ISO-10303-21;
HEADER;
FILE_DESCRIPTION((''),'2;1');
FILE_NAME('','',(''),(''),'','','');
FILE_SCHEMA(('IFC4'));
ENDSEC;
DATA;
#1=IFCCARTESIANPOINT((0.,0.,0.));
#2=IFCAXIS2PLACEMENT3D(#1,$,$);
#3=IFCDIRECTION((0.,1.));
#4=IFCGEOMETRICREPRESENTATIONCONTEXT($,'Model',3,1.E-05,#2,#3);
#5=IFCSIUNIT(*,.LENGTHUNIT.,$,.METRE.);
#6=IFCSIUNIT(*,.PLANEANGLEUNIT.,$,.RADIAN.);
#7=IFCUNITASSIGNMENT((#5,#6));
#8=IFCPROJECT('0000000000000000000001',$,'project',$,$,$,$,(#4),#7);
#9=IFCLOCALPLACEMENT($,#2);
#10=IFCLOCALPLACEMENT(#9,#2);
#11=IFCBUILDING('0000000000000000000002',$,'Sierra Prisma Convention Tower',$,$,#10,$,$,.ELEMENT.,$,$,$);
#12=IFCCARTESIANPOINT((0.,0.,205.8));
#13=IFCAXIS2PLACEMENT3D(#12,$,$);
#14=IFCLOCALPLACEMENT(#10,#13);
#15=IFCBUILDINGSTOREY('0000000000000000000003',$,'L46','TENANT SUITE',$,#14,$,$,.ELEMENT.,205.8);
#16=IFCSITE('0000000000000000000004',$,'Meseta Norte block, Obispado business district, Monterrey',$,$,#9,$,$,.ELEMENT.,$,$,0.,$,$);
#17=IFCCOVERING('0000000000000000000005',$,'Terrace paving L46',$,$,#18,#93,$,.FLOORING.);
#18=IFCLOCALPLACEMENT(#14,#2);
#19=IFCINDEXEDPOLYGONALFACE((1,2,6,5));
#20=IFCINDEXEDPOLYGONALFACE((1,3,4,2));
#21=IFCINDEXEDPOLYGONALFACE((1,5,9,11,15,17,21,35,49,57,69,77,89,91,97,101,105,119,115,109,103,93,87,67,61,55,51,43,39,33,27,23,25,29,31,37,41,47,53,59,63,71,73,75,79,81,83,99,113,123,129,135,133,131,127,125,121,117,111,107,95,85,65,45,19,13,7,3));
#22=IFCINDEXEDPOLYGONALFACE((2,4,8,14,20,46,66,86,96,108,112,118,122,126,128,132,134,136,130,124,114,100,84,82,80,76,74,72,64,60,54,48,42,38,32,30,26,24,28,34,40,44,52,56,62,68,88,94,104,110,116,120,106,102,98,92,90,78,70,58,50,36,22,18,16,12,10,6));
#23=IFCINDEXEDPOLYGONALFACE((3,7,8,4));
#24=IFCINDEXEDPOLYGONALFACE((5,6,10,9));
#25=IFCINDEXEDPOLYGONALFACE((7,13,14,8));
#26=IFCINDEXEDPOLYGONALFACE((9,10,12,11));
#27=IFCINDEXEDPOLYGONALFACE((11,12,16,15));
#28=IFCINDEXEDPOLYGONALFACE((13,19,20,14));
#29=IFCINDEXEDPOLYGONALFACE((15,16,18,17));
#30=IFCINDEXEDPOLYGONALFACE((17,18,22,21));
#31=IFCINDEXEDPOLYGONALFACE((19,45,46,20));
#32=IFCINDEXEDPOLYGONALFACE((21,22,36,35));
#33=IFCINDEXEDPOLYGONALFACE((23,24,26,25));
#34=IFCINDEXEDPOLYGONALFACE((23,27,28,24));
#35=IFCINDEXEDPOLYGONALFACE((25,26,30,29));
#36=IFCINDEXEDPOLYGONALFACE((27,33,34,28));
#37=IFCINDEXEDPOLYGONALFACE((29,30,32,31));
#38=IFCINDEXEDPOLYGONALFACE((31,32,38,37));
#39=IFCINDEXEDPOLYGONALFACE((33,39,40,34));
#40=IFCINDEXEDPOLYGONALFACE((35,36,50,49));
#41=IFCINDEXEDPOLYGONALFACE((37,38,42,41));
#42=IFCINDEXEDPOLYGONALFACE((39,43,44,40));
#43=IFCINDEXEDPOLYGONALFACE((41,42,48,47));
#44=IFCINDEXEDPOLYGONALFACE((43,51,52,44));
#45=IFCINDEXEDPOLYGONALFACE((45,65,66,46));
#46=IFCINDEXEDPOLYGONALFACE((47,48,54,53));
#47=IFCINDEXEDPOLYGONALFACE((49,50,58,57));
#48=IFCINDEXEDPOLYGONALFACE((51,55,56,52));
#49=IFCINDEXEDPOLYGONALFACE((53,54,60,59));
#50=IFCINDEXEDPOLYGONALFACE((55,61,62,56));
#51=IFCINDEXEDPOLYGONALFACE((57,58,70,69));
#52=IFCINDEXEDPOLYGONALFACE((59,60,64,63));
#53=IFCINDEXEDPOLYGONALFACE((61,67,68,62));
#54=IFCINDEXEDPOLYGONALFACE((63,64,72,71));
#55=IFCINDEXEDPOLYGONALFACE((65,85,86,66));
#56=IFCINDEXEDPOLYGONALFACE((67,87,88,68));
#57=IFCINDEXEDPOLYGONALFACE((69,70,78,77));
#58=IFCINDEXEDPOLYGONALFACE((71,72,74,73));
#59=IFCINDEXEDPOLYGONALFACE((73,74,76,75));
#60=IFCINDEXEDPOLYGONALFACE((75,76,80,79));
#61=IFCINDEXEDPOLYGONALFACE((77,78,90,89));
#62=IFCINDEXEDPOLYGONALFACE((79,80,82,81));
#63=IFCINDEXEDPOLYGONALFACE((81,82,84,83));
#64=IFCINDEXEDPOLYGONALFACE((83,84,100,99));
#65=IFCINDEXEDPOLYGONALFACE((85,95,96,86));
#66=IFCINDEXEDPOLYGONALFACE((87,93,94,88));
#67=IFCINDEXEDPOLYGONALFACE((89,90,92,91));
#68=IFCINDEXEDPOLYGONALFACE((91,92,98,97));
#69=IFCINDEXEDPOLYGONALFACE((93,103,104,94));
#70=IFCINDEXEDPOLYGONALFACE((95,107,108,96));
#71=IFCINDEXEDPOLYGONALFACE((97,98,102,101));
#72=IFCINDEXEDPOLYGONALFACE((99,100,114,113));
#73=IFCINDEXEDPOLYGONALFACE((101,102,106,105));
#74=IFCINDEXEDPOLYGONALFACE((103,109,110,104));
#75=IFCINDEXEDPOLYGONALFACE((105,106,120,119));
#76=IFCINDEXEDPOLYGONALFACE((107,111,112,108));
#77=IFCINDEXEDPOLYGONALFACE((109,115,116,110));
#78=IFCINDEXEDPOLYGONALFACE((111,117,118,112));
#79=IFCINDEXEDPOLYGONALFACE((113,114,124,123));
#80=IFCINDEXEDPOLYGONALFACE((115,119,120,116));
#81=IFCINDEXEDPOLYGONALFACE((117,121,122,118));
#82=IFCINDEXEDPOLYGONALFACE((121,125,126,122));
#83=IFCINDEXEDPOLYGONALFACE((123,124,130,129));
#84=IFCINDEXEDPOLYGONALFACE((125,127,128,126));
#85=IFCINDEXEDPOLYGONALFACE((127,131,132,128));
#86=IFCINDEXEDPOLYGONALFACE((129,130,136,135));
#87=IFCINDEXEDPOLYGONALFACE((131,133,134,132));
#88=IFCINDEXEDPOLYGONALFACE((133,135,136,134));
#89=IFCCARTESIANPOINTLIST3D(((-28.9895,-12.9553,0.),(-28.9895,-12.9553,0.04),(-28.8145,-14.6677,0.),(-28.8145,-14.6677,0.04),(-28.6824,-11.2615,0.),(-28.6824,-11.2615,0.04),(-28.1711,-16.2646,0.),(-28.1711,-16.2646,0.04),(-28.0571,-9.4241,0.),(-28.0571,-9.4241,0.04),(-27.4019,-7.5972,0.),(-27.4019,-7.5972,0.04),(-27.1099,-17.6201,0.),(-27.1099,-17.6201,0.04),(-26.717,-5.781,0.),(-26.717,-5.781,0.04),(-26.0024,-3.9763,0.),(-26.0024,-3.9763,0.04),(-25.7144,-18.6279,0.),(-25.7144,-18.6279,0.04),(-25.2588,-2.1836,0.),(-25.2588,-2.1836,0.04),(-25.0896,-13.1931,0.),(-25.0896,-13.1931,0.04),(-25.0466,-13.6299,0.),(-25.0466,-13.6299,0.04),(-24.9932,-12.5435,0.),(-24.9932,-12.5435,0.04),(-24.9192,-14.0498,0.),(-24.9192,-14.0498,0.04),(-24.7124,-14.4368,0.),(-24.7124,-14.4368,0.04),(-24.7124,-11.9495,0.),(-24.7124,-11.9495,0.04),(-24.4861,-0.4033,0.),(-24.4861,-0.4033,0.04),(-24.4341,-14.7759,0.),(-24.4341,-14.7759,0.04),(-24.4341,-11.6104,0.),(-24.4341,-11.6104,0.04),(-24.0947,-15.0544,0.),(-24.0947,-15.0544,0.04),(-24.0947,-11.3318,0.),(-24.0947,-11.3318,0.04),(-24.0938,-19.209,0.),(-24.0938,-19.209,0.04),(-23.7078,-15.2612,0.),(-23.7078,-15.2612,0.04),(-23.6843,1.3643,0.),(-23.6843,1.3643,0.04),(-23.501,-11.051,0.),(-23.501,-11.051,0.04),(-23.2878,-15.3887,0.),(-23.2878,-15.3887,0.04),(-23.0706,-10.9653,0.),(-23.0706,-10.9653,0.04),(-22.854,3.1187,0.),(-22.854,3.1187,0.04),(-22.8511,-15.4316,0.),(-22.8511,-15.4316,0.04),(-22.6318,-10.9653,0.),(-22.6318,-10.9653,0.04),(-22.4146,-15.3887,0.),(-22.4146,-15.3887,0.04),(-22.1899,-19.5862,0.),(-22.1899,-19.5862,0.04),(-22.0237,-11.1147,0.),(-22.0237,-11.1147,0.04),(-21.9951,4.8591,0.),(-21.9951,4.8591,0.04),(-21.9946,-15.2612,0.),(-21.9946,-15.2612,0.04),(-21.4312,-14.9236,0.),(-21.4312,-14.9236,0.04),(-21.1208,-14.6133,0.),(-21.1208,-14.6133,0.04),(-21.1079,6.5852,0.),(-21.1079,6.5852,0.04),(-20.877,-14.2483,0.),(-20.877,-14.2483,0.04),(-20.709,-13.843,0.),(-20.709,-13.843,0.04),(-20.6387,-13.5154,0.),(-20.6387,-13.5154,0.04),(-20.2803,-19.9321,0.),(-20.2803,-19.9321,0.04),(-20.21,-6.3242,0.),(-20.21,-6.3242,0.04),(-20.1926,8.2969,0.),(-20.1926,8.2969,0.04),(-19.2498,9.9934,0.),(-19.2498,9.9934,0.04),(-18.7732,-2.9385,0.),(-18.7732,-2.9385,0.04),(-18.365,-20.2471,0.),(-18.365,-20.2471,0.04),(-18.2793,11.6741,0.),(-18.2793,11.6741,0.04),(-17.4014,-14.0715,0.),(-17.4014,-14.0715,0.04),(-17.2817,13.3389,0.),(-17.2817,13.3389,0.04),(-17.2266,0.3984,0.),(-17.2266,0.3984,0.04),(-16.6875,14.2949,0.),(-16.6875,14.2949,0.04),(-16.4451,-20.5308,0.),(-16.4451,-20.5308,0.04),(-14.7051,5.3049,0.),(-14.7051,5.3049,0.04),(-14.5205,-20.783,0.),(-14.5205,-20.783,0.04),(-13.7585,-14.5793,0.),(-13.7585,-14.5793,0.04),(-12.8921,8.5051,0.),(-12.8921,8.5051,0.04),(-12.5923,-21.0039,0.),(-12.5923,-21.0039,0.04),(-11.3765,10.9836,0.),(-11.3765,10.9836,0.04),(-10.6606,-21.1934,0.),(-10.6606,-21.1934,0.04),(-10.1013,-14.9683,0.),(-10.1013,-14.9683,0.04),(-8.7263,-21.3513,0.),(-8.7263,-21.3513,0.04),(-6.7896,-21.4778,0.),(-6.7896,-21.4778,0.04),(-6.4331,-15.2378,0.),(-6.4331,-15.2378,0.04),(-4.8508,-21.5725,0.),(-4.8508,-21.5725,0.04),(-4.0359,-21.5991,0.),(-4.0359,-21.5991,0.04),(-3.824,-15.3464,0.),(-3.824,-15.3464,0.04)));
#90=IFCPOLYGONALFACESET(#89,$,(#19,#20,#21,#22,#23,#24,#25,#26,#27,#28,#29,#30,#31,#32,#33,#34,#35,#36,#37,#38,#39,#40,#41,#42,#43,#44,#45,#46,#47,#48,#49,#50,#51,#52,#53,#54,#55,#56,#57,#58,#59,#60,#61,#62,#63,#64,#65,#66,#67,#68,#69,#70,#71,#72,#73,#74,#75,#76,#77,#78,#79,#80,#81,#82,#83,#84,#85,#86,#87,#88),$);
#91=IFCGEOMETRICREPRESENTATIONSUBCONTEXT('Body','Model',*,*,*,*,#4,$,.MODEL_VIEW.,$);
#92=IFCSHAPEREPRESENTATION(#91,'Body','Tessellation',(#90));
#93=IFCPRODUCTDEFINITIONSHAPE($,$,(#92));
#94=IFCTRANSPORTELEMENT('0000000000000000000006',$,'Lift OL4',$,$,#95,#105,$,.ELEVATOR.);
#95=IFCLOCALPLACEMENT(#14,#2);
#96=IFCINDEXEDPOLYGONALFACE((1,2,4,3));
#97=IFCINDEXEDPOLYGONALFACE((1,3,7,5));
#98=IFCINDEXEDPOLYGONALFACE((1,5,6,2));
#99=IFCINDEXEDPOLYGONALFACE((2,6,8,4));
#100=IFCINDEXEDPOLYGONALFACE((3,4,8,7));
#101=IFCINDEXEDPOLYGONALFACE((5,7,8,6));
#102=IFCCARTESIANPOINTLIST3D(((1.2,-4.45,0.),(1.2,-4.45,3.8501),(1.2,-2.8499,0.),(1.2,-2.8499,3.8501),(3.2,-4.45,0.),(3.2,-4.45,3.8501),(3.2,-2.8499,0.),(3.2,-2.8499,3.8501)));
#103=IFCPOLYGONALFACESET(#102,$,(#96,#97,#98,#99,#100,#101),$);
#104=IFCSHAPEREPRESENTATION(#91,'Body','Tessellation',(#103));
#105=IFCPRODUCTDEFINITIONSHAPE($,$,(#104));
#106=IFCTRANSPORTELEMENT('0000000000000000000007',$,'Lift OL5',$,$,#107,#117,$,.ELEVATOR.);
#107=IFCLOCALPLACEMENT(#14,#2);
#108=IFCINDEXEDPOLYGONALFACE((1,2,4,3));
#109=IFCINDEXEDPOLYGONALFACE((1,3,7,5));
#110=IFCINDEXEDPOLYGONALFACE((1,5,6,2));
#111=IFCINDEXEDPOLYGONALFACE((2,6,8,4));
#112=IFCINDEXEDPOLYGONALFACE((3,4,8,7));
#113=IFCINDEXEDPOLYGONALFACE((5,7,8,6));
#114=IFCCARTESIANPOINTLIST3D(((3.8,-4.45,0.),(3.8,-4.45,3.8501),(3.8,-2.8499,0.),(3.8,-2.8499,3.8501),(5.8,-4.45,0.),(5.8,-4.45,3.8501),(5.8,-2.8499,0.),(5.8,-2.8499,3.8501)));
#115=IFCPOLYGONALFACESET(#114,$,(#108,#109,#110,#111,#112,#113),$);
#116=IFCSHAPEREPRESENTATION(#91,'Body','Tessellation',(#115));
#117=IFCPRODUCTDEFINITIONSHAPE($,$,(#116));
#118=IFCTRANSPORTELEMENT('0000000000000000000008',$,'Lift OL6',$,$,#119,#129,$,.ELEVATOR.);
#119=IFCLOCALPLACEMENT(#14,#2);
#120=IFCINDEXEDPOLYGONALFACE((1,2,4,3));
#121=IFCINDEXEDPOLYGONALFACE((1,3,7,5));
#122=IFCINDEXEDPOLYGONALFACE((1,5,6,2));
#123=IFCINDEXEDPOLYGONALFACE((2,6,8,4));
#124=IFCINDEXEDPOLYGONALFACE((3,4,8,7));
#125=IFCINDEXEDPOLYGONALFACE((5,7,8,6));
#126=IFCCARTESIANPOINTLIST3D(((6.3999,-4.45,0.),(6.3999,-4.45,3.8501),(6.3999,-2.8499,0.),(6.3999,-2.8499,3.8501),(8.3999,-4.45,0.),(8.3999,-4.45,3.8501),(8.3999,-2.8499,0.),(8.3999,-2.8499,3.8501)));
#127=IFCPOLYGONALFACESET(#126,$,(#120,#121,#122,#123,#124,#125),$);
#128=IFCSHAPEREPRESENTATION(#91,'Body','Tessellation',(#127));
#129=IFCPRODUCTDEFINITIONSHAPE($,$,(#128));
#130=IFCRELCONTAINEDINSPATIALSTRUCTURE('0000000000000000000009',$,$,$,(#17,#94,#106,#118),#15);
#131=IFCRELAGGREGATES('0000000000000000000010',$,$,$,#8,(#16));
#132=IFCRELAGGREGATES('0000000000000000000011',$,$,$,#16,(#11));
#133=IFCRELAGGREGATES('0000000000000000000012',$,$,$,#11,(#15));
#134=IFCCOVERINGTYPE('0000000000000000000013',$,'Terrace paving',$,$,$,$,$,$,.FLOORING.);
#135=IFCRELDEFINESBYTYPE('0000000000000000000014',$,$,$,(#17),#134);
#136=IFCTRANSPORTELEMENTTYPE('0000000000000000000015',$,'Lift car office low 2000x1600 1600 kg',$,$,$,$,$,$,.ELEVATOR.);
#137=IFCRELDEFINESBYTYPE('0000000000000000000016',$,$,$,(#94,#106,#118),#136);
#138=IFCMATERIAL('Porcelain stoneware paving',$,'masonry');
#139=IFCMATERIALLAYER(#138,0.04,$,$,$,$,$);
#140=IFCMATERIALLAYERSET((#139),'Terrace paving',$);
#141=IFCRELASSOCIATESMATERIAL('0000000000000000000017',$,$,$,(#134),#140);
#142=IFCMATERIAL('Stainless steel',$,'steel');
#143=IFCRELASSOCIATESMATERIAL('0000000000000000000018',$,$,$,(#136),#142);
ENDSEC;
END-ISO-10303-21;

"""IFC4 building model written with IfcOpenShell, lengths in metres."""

from ifc_helpers import new_model, si_unit, direction, frame, origin, origin_2d, place, context, subcontext, project, spatial, polyline, rectangle, outline, extrude, material, layer, layer_set, type_object, element, save


model = new_model("IFC4")

# Units and contexts
model_context = context("Model", 3, precision=1e-05, world=origin(), true_north=direction((0.0, 1.0)))
body_context = subcontext(model_context, "Body", "Model", "MODEL_VIEW")
ifc_project = project(units=[si_unit("LENGTHUNIT", "METRE"), si_unit("PLANEANGLEUNIT", "RADIAN")], contexts=[model_context])

# Site, building, storey
site_placement = place(None, origin())
site = spatial("IfcSite", under=ifc_project, at=site_placement, Name="Meseta Norte block, Obispado business district, Monterrey", CompositionType="ELEMENT", RefElevation=0.0)
building_placement = place(site_placement, origin())
building = spatial("IfcBuilding", under=site, at=building_placement, Name="Sierra Prisma Convention Tower", CompositionType="ELEMENT")
storey_placement = place(building_placement, frame((0.0, 0.0, 205.8)))
storey = spatial("IfcBuildingStorey", under=building, at=storey_placement, Name="L46", Description="TENANT SUITE", CompositionType="ELEMENT", Elevation=205.8)

# Covering
ifc_material_1 = material(Name="Porcelain stoneware paving", Category="masonry")
ifc_layer_1 = layer(ifc_material_1, 0.04)
ifc_layer_set_1 = layer_set([ifc_layer_1], Name="Terrace paving")
covering_type_1 = type_object("IfcCoveringType", Name="Terrace paving", PredefinedType="FLOORING", material=ifc_layer_set_1)
covering_1_placement = place(storey_placement, origin())
element("IfcCovering", 1, at=covering_1_placement, inside=storey, type_object=covering_type_1, Name="Terrace paving L46", PredefinedType="FLOORING", context=body_context, shape_type="SweptSolid", body=[
    extrude(outline(polyline([(-16.6875, 14.2949), (-17.2817, 13.3389), (-18.2793, 11.6741), (-19.2498, 9.9934), (-20.1926, 8.2969), (-21.1079, 6.5852), (-21.9951, 4.8591), (-22.854, 3.1187), (-23.6843, 1.3643), (-24.4861, -0.4033), (-25.2588, -2.1836), (-26.0024, -3.9763), (-26.717, -5.781), (-27.4019, -7.5972), (-28.0571, -9.4241), (-28.6824, -11.2615), (-28.9895, -12.9553), (-28.8145, -14.6677), (-28.1711, -16.2646), (-27.1099, -17.6201), (-25.7144, -18.6279), (-24.0938, -19.209), (-22.1899, -19.5862), (-20.2803, -19.9321), (-18.365, -20.2471), (-16.4451, -20.5308), (-14.5205, -20.783), (-12.5923, -21.0039), (-10.6606, -21.1934), (-8.7263, -21.3513), (-6.7896, -21.4778), (-4.8508, -21.5725), (-4.0359, -21.5991), (-3.824, -15.3464), (-6.4331, -15.2378), (-10.1013, -14.9683), (-13.7585, -14.5793), (-17.4014, -14.0715), (-20.6387, -13.5154), (-20.709, -13.843), (-20.877, -14.2483), (-21.1208, -14.6133), (-21.4312, -14.9236), (-21.9946, -15.2612), (-22.4146, -15.3887), (-22.8511, -15.4316), (-23.2878, -15.3887), (-23.7078, -15.2612), (-24.0947, -15.0544), (-24.4341, -14.7759), (-24.7124, -14.4368), (-24.9192, -14.0498), (-25.0466, -13.6299), (-25.0896, -13.1931), (-24.9932, -12.5435), (-24.7124, -11.9495), (-24.4341, -11.6104), (-24.0947, -11.3318), (-23.501, -11.051), (-23.0706, -10.9653), (-22.6318, -10.9653), (-22.0237, -11.1147), (-20.21, -6.3242), (-18.7732, -2.9385), (-17.2266, 0.3984), (-14.7051, 5.3049), (-12.8921, 8.5051), (-11.3765, 10.9836), (-16.6875, 14.2949)])), origin(), (0.0, 0.0, 1.0), 0.04),
])

# Transport elements
ifc_material_2 = material(Name="Stainless steel", Category="steel")
transport_element_type = type_object("IfcTransportElementType", Name="Lift car office low 2000x1600 1600 kg", PredefinedType="ELEVATOR", material=ifc_material_2)
for number, where, z_axis, x_axis, name in (
    (2, (2.2, -3.6499, 0.0), (0.0, 0.0, 1.0), (1.0, 0.0, 0.0), "Lift OL4"),
    (3, (4.8, -3.6499, 0.0), (0.0, 0.0, 1.0), (1.0, 0.0, 0.0), "Lift OL5"),
    (4, (7.3999, -3.6499, 0.0), (0.0, 0.0, 1.0), (1.0, 0.0, 0.0), "Lift OL6"),
):
    element("IfcTransportElement", number, at=place(storey_placement, frame(where, z_axis=z_axis, x_axis=x_axis)), inside=storey, type_object=transport_element_type, Name=name, PredefinedType="ELEVATOR", context=body_context, shape_type="SweptSolid", body=[
        extrude(rectangle(XDim=2.0, YDim=1.6001, at=origin_2d()), origin(), (0.0, 0.0, 1.0), 3.8501),
    ])

save(model, "model.ifc")
